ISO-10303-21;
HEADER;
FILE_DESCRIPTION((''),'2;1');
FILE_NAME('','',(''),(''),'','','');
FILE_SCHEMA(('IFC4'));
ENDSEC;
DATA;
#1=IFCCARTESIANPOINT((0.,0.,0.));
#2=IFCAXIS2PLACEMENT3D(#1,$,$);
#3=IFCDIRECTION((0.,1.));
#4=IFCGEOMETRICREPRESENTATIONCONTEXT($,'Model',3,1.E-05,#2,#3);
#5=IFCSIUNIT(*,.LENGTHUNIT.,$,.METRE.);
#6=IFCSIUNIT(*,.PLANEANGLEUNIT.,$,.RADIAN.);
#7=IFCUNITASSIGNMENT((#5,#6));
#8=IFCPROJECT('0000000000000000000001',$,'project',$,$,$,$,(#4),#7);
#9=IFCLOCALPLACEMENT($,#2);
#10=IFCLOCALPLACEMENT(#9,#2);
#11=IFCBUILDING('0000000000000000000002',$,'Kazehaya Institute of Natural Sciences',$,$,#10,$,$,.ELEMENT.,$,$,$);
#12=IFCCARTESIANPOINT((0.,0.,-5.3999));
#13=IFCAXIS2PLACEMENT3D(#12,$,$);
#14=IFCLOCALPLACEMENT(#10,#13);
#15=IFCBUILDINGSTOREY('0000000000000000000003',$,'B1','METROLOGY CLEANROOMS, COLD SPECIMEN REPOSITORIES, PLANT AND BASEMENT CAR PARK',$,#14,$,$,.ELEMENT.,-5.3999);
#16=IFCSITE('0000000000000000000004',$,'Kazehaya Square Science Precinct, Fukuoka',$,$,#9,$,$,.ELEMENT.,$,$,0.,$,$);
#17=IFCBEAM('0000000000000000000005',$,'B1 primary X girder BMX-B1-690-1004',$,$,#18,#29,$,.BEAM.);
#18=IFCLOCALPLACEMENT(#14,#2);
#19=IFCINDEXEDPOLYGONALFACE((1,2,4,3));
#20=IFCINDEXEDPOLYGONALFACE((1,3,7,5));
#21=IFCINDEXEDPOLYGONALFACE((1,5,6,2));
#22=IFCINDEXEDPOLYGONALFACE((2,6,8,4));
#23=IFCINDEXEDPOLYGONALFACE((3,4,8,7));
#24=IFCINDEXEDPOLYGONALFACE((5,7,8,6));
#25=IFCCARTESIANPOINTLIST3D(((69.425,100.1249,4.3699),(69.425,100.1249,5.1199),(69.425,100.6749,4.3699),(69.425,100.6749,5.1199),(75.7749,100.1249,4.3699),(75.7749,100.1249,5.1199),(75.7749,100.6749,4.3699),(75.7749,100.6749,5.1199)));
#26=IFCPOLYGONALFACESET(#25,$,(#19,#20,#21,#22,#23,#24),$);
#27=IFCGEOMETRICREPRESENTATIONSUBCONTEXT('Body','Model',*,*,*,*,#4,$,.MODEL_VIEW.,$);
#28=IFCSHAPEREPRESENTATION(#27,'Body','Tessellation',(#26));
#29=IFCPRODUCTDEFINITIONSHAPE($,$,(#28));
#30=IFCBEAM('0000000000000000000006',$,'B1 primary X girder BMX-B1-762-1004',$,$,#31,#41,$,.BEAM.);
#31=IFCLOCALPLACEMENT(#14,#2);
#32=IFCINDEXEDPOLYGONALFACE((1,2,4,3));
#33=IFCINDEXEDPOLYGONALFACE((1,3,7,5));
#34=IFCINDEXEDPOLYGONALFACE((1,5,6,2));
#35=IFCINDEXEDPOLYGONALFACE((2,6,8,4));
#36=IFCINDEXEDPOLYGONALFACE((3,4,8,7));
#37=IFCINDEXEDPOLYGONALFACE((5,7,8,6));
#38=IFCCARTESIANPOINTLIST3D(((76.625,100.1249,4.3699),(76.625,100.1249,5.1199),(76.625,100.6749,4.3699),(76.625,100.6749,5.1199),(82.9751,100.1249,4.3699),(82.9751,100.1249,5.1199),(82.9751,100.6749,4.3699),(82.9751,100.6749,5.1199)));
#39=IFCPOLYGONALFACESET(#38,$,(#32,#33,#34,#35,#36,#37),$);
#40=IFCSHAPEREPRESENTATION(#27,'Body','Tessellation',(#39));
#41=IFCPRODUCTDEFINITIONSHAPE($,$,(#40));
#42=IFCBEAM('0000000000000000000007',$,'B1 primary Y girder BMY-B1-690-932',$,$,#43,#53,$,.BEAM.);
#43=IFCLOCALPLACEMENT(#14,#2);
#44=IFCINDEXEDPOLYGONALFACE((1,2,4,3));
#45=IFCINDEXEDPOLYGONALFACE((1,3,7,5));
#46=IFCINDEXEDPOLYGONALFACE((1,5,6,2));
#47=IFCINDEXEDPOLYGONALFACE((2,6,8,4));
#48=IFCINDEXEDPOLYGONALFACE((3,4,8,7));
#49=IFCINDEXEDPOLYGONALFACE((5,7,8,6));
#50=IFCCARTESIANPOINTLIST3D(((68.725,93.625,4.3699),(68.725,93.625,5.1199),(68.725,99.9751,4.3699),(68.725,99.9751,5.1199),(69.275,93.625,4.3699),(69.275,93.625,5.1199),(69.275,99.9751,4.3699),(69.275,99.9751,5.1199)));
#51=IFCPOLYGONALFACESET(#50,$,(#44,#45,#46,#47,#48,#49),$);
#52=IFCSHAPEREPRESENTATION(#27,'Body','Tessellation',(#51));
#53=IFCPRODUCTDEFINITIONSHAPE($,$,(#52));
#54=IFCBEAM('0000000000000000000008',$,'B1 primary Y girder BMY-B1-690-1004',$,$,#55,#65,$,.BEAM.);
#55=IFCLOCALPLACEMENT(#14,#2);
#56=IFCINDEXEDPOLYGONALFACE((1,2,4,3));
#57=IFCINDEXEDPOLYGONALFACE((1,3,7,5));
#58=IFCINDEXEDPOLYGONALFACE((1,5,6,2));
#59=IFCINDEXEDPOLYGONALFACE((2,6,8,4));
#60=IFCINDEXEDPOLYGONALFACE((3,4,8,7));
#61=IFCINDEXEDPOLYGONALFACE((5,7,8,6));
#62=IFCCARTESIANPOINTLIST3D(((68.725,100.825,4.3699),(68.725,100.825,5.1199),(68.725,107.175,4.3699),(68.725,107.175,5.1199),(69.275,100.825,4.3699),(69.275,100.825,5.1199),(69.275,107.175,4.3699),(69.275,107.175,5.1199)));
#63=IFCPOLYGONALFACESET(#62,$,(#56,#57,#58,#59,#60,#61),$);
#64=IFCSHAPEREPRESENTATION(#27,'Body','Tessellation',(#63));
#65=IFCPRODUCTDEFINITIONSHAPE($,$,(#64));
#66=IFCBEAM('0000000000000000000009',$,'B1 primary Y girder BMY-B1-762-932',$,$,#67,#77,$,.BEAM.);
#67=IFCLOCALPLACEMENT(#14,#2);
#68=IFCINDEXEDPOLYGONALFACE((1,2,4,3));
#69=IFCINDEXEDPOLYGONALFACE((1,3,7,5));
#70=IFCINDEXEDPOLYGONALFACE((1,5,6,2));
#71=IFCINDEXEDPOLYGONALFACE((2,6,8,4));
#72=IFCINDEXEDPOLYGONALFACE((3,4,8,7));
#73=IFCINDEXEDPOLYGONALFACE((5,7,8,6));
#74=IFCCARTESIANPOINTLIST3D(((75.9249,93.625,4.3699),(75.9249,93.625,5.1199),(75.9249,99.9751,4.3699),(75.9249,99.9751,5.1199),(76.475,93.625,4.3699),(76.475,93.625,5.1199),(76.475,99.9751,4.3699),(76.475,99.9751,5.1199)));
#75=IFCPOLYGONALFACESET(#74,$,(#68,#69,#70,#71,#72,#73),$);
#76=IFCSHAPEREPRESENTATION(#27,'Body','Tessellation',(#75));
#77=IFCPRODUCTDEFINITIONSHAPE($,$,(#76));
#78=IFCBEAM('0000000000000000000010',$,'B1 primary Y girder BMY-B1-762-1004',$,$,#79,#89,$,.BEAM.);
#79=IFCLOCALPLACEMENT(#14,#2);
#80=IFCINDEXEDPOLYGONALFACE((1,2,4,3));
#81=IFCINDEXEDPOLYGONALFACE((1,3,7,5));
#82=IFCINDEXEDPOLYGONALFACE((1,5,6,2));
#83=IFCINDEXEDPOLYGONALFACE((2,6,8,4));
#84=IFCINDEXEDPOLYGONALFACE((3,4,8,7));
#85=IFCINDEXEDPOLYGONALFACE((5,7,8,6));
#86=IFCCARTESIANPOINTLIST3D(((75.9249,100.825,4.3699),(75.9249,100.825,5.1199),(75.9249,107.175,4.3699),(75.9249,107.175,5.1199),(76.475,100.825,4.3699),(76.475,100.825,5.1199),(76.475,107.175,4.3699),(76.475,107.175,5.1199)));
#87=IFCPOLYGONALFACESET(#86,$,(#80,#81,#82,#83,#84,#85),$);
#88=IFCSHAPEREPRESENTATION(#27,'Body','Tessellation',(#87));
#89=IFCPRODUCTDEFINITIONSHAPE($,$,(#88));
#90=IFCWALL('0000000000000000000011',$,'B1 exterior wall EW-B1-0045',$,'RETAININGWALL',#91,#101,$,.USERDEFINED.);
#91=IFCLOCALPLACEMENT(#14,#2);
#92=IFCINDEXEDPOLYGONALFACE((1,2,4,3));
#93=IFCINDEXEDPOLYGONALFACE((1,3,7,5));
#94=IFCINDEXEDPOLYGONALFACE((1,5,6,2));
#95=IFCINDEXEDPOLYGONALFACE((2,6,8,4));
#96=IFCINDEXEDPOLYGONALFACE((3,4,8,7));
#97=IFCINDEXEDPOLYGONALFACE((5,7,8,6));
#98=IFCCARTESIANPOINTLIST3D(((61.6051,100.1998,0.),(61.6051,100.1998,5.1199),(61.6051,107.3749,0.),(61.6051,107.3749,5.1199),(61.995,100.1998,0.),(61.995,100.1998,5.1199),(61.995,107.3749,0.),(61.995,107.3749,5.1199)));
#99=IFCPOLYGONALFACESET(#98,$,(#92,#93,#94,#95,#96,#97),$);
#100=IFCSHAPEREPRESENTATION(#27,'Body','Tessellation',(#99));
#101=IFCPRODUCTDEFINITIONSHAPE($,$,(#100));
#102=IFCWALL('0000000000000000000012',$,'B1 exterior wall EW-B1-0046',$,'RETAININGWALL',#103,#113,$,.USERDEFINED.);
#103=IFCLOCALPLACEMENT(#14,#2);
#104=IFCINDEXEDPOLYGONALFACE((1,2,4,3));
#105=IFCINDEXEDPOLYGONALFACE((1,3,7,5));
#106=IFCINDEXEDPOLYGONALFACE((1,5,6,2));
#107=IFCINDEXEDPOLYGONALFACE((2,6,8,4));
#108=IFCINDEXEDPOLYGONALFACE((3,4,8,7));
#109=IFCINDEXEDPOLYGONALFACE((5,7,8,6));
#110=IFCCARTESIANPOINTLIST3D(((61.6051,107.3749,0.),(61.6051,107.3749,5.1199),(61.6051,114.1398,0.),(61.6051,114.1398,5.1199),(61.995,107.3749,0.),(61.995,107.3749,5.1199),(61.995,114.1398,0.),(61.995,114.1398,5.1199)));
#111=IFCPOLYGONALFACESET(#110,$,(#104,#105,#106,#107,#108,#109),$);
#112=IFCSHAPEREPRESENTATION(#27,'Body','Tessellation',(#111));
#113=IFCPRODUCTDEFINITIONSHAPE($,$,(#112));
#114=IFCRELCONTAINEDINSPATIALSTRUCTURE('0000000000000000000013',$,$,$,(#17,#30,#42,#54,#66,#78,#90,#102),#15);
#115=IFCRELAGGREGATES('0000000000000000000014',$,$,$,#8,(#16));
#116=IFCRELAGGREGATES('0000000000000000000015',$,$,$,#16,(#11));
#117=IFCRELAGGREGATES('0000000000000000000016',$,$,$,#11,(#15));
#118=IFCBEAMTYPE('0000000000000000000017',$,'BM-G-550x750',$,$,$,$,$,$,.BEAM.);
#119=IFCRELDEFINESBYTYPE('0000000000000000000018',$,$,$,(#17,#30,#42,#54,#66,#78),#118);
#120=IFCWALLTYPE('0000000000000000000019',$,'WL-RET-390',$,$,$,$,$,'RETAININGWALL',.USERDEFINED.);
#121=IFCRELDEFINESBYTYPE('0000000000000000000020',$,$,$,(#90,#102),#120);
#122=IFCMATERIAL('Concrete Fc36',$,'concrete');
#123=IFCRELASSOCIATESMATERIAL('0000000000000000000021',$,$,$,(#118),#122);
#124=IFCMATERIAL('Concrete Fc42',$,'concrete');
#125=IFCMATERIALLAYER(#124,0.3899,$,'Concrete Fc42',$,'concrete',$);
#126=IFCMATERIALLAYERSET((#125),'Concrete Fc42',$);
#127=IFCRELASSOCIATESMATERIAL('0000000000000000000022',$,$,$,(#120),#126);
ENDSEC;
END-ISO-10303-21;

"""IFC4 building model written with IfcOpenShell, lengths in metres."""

from ifc_helpers import new_model, si_unit, direction, frame, frame_2d, origin, origin_2d, place, context, subcontext, project, spatial, rectangle, extrude, material, layer, layer_set, material_profile, profile_set, type_object, element, save


model = new_model("IFC4")

# Units and contexts
model_context = context("Model", 3, precision=1e-05, world=origin(), true_north=direction((0.0, 1.0)))
body_context = subcontext(model_context, "Body", "Model", "MODEL_VIEW")
ifc_project = project(units=[si_unit("LENGTHUNIT", "METRE"), si_unit("PLANEANGLEUNIT", "RADIAN")], contexts=[model_context])

# Site, building, storey
site_placement = place(None, origin())
site = spatial("IfcSite", under=ifc_project, at=site_placement, Name="Kazehaya Square Science Precinct, Fukuoka", CompositionType="ELEMENT", RefElevation=0.0)
building_placement = place(site_placement, origin())
building = spatial("IfcBuilding", under=site, at=building_placement, Name="Kazehaya Institute of Natural Sciences", CompositionType="ELEMENT")
storey_placement = place(building_placement, frame((0.0, 0.0, -5.3999)))
storey = spatial("IfcBuildingStorey", under=building, at=storey_placement, Name="B1", Description="METROLOGY CLEANROOMS, COLD SPECIMEN REPOSITORIES, PLANT AND BASEMENT CAR PARK", CompositionType="ELEMENT", Elevation=-5.3999)

# Shared definitions
ifc_material_1 = material(Name="Concrete Fc36", Category="concrete")

# Shared definitions
ifc_material_2 = material(Name="Concrete Fc42", Category="concrete")

# Beams
ifc_material_profile_1 = material_profile(ifc_material_1, rectangle(XDim=0.55, YDim=0.75, at=origin_2d()), Name="RC-550x750")
ifc_profile_set_1 = profile_set([ifc_material_profile_1], Name="Concrete Fc36")
beam_type = type_object("IfcBeamType", Name="BM-G-550x750", PredefinedType="BEAM", material=ifc_profile_set_1)
for number, where, z_axis, x_axis, name in (
    (1, (69.425, 100.3999, 4.7449), (1.0, 0.0, 0.0), (0.0, 1.0, 0.0), "B1 primary X girder BMX-B1-690-1004"),
):
    element("IfcBeam", number, at=place(storey_placement, frame(where, z_axis=z_axis, x_axis=x_axis)), inside=storey, type_object=beam_type, Name=name, PredefinedType="BEAM", context=body_context, shape_type="SweptSolid", body=[
        extrude(rectangle(XDim=0.55, YDim=0.75, at=origin_2d()), origin(), (0.0, 0.0, 1.0), 6.3499),
    ])
for number, where, z_axis, x_axis, name in (
    (2, (76.625, 100.3999, 4.7449), (1.0, 0.0, 0.0), (0.0, 1.0, 0.0), "B1 primary X girder BMX-B1-762-1004"),
    (3, (69.0, 93.625, 4.7449), (0.0, 1.0, 0.0), (-1.0, 0.0, 0.0), "B1 primary Y girder BMY-B1-690-932"),
    (4, (69.0, 100.825, 4.7449), (0.0, 1.0, 0.0), (-1.0, 0.0, 0.0), "B1 primary Y girder BMY-B1-690-1004"),
    (5, (76.2, 93.625, 4.7449), (0.0, 1.0, 0.0), (-1.0, 0.0, 0.0), "B1 primary Y girder BMY-B1-762-932"),
    (6, (76.2, 100.825, 4.7449), (0.0, 1.0, 0.0), (-1.0, 0.0, 0.0), "B1 primary Y girder BMY-B1-762-1004"),
):
    element("IfcBeam", number, at=place(storey_placement, frame(where, z_axis=z_axis, x_axis=x_axis)), inside=storey, type_object=beam_type, Name=name, PredefinedType="BEAM", context=body_context, shape_type="SweptSolid", body=[
        extrude(rectangle(XDim=0.55, YDim=0.75, at=origin_2d()), origin(), (0.0, 0.0, 1.0), 6.3501),
    ])

# Walls
ifc_layer = layer(ifc_material_2, 0.3899, Name="Concrete Fc42", Category="concrete")
ifc_layer_set = layer_set([ifc_layer], Name="Concrete Fc42")
wall_type = type_object("IfcWallType", Name="WL-RET-390", ElementType="RETAININGWALL", PredefinedType="USERDEFINED", material=ifc_layer_set)
wall_1_placement = place(storey_placement, frame((61.8, 100.2, 0.0), z_axis=(0.0, 0.0, 1.0), x_axis=(0.0, 1.0, 0.0)))
element("IfcWall", 7, at=wall_1_placement, inside=storey, type_object=wall_type, Name="B1 exterior wall EW-B1-0045", ObjectType="RETAININGWALL", PredefinedType="USERDEFINED", context=body_context, shape_type="SweptSolid", body=[
    extrude(rectangle(XDim=7.175, YDim=0.3899, at=frame_2d((3.5874, 0.0))), origin(), (0.0, 0.0, 1.0), 5.1199),
])
wall_2_placement = place(storey_placement, frame((61.8, 107.375, 0.0), z_axis=(0.0, 0.0, 1.0), x_axis=(0.0, 1.0, 0.0)))
element("IfcWall", 8, at=wall_2_placement, inside=storey, type_object=wall_type, Name="B1 exterior wall EW-B1-0046", ObjectType="RETAININGWALL", PredefinedType="USERDEFINED", context=body_context, shape_type="SweptSolid", body=[
    extrude(rectangle(XDim=6.7649, YDim=0.3899, at=frame_2d((3.3823, 0.0))), origin(), (0.0, 0.0, 1.0), 5.1199),
])

save(model, "model.ifc")
